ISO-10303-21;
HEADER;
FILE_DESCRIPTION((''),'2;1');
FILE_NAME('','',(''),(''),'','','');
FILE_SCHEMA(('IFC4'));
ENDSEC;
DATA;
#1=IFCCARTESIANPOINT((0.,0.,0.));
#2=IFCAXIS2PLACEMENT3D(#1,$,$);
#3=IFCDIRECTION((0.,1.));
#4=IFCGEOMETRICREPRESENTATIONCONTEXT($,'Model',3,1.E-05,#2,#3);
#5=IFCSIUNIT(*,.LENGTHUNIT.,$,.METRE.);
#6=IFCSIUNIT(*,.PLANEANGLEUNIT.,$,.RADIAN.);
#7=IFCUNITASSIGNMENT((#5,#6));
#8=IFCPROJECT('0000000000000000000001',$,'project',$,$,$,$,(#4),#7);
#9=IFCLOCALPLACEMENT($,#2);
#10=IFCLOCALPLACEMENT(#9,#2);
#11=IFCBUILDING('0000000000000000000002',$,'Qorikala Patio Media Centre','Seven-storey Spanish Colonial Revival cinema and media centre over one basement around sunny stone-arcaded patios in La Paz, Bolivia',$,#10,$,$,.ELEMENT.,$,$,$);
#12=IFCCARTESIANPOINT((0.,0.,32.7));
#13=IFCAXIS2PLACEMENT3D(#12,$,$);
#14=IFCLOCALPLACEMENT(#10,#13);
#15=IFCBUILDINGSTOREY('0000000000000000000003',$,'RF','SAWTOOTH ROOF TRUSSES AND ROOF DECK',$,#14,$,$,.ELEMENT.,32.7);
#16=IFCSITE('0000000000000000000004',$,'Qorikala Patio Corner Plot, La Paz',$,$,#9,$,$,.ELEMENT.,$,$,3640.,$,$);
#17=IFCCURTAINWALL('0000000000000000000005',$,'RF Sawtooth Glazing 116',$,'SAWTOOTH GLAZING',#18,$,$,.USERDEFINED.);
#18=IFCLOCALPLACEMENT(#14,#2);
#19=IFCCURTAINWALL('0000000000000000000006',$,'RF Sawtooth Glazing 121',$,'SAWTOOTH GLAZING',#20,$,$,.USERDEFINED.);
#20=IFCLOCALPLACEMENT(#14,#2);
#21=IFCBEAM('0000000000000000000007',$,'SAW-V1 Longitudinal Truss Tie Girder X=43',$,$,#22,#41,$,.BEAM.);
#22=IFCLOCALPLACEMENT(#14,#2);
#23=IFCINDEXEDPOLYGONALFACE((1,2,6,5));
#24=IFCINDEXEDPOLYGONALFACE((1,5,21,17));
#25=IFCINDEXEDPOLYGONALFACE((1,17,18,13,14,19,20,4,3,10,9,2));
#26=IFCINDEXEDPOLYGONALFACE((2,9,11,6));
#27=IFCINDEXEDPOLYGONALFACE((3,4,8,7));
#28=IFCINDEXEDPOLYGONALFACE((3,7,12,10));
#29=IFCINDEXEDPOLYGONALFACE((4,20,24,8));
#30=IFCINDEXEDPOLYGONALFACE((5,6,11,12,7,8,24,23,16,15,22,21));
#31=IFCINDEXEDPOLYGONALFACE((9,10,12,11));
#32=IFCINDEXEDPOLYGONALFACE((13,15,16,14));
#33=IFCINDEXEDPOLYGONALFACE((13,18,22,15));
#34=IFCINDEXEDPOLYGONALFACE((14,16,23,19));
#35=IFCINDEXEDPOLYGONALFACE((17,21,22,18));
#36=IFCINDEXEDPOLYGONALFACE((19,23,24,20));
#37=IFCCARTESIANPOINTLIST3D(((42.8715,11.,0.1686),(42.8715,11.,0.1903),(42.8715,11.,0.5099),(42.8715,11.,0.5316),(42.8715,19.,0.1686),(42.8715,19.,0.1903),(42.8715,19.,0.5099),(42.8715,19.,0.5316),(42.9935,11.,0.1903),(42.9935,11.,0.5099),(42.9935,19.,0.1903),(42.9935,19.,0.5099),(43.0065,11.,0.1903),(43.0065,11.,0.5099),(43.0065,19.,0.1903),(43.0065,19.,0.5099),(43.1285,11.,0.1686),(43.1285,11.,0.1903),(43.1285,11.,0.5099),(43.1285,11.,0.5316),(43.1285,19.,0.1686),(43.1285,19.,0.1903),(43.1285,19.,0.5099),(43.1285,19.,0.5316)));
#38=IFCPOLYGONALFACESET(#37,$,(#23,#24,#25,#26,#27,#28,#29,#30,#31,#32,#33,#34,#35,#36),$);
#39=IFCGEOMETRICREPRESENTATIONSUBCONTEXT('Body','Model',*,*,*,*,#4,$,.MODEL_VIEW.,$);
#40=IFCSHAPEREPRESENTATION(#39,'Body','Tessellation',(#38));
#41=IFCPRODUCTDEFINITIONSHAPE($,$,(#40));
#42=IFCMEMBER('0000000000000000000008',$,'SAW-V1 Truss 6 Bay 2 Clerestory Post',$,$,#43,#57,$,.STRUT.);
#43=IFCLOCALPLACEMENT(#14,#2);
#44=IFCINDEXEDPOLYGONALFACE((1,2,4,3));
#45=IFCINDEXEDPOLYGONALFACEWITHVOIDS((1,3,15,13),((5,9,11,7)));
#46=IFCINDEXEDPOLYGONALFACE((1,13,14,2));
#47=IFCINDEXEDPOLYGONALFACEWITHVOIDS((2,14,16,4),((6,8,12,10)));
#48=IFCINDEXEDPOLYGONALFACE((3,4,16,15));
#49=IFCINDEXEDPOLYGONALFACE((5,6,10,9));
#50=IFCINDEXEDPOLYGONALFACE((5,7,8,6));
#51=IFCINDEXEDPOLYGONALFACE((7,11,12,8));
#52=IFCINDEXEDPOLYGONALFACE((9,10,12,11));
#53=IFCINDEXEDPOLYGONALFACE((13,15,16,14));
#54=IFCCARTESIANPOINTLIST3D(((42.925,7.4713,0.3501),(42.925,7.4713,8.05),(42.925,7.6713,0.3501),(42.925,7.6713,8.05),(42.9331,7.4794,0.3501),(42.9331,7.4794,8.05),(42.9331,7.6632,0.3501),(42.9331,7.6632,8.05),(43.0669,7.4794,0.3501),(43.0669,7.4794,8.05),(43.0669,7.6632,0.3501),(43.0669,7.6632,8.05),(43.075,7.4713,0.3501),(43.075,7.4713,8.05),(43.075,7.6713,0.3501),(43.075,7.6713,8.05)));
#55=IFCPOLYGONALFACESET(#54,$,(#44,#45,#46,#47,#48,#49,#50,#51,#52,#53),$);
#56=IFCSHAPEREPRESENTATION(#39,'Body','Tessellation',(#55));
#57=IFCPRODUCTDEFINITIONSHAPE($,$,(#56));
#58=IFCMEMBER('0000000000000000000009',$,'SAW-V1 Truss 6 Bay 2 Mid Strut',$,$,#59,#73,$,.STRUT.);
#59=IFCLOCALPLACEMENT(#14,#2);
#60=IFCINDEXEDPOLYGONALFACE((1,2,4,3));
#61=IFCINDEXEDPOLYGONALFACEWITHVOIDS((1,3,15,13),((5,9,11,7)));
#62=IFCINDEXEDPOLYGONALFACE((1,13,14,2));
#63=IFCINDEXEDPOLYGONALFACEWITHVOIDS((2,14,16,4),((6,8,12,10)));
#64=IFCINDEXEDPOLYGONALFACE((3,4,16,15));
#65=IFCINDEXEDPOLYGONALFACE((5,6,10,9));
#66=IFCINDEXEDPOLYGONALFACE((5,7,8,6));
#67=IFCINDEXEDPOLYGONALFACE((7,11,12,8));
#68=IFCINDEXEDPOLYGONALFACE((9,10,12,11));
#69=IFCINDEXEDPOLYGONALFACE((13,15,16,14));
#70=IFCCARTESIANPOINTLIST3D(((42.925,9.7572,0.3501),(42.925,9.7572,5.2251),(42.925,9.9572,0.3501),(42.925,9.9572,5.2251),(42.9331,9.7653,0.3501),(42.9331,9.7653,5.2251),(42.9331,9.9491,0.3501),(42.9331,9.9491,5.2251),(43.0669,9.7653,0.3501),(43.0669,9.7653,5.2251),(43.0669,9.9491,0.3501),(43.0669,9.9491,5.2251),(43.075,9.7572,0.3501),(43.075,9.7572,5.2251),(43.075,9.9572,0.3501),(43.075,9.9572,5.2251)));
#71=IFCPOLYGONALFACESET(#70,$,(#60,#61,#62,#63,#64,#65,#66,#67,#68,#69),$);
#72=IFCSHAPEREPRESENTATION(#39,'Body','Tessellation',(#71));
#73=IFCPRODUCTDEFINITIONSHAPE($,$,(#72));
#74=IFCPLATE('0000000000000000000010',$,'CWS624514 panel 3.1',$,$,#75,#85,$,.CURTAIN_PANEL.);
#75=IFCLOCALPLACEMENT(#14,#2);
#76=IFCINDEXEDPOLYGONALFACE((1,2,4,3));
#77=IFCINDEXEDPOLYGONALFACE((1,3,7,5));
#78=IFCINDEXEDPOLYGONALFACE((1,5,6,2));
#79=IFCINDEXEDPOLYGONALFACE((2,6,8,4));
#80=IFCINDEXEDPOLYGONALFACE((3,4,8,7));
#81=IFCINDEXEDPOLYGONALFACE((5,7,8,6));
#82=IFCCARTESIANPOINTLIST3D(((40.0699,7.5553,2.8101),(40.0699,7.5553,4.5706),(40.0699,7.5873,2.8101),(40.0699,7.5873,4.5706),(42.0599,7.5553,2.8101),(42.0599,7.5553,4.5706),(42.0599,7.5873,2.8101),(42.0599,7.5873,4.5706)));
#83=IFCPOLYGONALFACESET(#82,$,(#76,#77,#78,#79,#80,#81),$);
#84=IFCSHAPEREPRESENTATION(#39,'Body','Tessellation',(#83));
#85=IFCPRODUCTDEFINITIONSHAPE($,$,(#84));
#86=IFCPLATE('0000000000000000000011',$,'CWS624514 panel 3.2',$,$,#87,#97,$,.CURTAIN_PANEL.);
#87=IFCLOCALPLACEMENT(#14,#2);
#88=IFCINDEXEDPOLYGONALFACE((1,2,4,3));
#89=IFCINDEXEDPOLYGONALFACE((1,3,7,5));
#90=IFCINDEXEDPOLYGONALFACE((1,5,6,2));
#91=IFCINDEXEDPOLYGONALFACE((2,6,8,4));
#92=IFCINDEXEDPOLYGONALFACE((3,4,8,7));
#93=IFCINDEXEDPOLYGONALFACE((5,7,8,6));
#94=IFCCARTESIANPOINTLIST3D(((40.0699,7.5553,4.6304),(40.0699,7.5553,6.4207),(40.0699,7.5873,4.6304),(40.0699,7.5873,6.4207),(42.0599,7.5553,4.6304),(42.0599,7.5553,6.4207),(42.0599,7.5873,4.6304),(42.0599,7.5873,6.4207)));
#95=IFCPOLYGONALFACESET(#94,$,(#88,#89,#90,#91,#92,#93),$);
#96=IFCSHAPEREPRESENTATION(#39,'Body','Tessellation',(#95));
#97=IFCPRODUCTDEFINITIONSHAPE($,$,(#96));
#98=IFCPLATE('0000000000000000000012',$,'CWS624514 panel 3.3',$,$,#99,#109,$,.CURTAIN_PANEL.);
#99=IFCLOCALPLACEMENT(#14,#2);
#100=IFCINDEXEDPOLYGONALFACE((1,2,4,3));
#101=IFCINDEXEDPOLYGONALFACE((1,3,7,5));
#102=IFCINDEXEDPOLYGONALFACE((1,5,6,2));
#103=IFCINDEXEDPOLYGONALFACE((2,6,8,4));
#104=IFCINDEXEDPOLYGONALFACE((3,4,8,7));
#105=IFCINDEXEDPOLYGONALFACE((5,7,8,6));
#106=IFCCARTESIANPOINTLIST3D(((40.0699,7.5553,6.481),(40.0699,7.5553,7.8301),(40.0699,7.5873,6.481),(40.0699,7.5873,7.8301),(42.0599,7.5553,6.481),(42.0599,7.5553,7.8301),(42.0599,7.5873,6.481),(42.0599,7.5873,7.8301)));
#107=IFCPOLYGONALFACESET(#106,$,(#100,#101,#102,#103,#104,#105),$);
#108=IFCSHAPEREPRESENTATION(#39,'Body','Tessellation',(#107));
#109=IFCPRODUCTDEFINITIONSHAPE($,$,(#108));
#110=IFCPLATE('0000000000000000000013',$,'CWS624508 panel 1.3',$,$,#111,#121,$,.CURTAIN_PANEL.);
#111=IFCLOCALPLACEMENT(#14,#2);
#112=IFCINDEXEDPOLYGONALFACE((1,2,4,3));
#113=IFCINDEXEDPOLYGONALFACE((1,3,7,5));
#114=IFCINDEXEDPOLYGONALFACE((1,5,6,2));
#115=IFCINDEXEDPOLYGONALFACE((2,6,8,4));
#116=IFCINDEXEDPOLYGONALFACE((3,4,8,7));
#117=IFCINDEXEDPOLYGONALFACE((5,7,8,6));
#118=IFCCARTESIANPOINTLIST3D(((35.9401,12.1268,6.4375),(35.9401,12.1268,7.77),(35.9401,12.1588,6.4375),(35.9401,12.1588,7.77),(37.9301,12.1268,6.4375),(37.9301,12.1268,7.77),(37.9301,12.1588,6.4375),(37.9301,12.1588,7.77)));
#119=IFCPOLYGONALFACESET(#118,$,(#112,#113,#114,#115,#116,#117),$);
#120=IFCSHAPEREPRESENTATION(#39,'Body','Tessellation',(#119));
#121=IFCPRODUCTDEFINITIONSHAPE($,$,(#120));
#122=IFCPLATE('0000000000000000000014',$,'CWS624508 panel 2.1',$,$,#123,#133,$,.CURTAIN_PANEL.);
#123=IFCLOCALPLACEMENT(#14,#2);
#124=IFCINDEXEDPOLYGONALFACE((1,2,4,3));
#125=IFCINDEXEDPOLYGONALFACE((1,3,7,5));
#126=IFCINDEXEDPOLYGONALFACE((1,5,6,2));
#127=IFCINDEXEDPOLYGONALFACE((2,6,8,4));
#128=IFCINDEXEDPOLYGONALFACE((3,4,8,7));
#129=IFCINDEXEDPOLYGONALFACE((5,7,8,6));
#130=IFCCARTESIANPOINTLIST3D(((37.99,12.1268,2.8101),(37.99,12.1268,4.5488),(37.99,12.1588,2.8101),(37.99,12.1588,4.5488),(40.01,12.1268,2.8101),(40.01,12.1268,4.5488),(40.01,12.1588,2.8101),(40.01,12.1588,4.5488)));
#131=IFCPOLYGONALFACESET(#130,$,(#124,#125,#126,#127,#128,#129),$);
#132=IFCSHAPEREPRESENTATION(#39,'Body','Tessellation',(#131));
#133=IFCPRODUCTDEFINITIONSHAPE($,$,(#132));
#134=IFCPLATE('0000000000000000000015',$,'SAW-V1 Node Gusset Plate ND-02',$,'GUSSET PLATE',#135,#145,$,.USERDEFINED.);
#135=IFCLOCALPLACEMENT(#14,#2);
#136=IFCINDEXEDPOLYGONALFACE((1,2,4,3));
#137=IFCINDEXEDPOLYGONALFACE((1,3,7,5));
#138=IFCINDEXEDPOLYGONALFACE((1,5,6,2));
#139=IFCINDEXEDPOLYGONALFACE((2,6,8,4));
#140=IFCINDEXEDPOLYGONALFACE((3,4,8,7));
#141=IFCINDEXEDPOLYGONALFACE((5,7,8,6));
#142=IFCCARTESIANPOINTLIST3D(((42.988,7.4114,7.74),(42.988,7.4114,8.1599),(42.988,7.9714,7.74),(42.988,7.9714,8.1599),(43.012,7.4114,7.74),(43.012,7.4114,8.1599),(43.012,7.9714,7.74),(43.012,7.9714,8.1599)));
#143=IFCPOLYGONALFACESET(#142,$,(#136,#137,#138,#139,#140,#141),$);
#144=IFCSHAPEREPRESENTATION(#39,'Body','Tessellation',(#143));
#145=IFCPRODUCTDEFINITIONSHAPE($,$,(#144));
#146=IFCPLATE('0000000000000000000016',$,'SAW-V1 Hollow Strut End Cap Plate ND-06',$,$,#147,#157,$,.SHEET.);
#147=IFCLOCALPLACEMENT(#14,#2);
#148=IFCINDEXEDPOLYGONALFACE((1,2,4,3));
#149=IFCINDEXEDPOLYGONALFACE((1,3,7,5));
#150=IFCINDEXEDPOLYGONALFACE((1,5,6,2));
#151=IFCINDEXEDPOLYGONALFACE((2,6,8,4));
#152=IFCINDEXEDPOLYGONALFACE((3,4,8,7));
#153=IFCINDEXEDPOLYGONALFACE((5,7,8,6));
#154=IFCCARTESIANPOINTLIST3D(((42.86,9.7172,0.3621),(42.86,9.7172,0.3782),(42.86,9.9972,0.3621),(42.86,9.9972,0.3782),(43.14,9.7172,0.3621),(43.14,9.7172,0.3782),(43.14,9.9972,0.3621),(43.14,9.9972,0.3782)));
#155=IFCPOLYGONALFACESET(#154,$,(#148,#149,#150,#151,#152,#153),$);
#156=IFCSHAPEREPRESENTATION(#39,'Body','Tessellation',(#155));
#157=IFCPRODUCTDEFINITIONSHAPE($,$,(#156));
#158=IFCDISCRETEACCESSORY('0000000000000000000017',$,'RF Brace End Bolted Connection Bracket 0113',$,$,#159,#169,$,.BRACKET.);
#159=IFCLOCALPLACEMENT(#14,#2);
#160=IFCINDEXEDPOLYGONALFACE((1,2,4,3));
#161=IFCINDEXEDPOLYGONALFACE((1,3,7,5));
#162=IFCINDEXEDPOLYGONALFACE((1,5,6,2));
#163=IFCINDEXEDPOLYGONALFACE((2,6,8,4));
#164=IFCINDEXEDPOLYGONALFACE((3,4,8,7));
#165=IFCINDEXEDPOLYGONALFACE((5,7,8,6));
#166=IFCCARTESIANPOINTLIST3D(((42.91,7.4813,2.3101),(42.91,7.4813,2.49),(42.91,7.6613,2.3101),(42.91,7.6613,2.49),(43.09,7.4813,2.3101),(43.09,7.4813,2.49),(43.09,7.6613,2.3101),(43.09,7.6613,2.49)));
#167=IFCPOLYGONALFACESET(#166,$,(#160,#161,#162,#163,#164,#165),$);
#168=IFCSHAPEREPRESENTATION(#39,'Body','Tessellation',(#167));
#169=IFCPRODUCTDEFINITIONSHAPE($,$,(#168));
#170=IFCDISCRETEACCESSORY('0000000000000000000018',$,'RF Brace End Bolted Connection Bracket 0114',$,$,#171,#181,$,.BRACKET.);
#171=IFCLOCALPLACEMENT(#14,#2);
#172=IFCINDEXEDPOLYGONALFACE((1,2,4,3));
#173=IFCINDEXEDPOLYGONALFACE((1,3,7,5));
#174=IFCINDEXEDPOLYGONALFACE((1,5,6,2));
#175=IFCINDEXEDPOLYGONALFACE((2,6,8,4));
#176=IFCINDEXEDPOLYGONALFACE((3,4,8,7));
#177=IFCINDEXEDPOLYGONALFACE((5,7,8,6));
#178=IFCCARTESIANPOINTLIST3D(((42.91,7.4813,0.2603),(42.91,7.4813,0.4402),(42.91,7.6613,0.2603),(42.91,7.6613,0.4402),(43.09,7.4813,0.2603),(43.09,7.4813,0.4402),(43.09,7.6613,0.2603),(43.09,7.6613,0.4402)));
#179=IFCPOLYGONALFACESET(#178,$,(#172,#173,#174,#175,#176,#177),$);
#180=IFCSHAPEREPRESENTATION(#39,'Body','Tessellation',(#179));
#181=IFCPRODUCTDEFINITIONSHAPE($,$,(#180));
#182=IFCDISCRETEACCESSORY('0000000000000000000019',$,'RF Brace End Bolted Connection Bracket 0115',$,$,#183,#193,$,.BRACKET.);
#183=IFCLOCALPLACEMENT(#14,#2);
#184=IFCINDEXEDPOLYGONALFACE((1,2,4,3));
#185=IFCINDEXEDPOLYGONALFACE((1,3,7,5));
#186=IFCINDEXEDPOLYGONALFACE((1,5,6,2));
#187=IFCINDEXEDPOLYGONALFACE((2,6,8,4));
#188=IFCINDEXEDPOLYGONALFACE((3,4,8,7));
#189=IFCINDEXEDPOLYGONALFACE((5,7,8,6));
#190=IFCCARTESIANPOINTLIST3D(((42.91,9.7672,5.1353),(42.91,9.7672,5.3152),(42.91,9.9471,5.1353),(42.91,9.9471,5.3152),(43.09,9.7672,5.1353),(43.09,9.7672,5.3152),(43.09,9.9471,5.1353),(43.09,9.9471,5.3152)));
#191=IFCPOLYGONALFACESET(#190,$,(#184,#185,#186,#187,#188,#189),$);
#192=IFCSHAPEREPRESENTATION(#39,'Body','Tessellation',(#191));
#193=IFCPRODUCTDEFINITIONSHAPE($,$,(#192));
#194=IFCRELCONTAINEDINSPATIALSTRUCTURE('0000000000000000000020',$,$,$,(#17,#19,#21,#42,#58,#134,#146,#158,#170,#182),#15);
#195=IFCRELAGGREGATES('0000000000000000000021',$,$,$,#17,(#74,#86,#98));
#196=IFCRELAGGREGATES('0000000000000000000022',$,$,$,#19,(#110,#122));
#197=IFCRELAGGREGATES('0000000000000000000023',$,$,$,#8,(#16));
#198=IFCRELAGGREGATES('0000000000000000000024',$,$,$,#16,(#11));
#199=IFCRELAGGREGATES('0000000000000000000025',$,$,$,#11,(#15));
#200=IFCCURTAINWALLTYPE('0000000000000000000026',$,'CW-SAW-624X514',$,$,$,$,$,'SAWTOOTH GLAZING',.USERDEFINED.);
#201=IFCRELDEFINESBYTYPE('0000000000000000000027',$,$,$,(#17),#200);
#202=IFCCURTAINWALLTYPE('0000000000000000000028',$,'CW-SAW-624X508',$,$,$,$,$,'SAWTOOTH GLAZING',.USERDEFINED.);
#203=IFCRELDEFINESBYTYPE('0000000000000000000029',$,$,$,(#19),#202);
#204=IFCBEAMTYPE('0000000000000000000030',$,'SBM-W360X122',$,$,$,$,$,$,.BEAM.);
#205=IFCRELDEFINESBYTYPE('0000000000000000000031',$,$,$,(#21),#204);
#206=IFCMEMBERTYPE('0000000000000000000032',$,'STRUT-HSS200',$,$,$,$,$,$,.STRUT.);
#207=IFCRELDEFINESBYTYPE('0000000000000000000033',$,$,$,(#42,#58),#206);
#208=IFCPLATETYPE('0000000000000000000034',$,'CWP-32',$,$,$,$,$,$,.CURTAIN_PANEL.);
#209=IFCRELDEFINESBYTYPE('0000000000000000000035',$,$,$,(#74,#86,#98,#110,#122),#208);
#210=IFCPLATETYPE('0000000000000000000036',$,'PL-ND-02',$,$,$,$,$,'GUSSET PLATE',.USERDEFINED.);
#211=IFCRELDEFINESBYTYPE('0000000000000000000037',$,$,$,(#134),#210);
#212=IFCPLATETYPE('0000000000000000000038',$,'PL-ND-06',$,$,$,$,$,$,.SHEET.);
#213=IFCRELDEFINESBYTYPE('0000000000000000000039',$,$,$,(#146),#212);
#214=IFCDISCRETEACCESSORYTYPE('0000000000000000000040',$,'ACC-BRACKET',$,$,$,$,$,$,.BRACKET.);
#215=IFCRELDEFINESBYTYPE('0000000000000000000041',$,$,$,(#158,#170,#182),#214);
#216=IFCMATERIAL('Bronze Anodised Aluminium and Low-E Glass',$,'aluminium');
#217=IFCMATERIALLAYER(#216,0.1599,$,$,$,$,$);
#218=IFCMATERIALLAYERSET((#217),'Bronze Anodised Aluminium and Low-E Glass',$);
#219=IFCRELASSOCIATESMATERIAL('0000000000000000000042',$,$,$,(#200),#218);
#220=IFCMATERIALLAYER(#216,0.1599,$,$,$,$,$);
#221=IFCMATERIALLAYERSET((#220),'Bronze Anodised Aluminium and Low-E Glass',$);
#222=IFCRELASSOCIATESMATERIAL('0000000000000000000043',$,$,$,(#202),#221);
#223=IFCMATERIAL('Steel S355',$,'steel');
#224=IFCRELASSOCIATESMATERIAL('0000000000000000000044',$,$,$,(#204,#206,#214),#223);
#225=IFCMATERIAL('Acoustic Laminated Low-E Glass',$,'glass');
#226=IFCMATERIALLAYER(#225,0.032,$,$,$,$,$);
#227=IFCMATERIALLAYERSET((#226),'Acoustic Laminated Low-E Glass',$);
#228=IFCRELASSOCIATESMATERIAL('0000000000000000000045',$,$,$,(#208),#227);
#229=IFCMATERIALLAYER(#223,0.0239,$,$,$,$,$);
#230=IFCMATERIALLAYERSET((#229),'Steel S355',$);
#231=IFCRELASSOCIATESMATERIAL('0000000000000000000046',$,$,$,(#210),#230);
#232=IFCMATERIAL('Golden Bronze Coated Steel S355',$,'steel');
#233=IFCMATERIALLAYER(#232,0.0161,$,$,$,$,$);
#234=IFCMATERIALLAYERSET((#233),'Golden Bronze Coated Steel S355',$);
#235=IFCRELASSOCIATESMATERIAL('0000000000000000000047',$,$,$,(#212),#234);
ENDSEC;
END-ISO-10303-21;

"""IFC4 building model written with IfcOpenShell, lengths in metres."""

from ifc_helpers import new_model, si_unit, direction, frame, origin, origin_2d, place, context, subcontext, project, spatial, rectangle, hollow_rectangle, i_section, extrude, material, layer, layer_set, material_profile, profile_set, type_object, element, aggregate, save


model = new_model("IFC4")

# Units and contexts
model_context = context("Model", 3, precision=1e-05, world=origin(), true_north=direction((0.0, 1.0)))
body_context = subcontext(model_context, "Body", "Model", "MODEL_VIEW")
ifc_project = project(units=[si_unit("LENGTHUNIT", "METRE"), si_unit("PLANEANGLEUNIT", "RADIAN")], contexts=[model_context])

# Site, building, storey
site_placement = place(None, origin())
site = spatial("IfcSite", under=ifc_project, at=site_placement, Name="Qorikala Patio Corner Plot, La Paz", CompositionType="ELEMENT", RefElevation=3640.0)
building_placement = place(site_placement, origin())
building = spatial("IfcBuilding", under=site, at=building_placement, Name="Qorikala Patio Media Centre", Description="Seven-storey Spanish Colonial Revival cinema and media centre over one basement around sunny stone-arcaded patios in La Paz, Bolivia", CompositionType="ELEMENT")
storey_placement = place(building_placement, frame((0.0, 0.0, 32.7)))
storey = spatial("IfcBuildingStorey", under=building, at=storey_placement, Name="RF", Description="SAWTOOTH ROOF TRUSSES AND ROOF DECK", CompositionType="ELEMENT", Elevation=32.7)

# Shared definitions
ifc_material_1 = material(Name="Steel S355", Category="steel")

# Curtain walls
ifc_material_2 = material(Name="Bronze Anodised Aluminium and Low-E Glass", Category="aluminium")
ifc_layer_1 = layer(ifc_material_2, 0.1599)
ifc_layer_set_1 = layer_set([ifc_layer_1], Name="Bronze Anodised Aluminium and Low-E Glass")
curtain_wall_type_1 = type_object("IfcCurtainWallType", Name="CW-SAW-624X514", ElementType="SAWTOOTH GLAZING", PredefinedType="USERDEFINED", material=ifc_layer_set_1)
curtain_wall_1_placement = place(storey_placement, origin())
curtain_wall_1 = element("IfcCurtainWall", 1, at=curtain_wall_1_placement, inside=storey, type_object=curtain_wall_type_1, Name="RF Sawtooth Glazing 116", ObjectType="SAWTOOTH GLAZING", PredefinedType="USERDEFINED")
ifc_layer_2 = layer(ifc_material_2, 0.1599)
ifc_layer_set_2 = layer_set([ifc_layer_2], Name="Bronze Anodised Aluminium and Low-E Glass")
curtain_wall_type_2 = type_object("IfcCurtainWallType", Name="CW-SAW-624X508", ElementType="SAWTOOTH GLAZING", PredefinedType="USERDEFINED", material=ifc_layer_set_2)
curtain_wall_2_placement = place(storey_placement, origin())
curtain_wall_2 = element("IfcCurtainWall", 2, at=curtain_wall_2_placement, inside=storey, type_object=curtain_wall_type_2, Name="RF Sawtooth Glazing 121", ObjectType="SAWTOOTH GLAZING", PredefinedType="USERDEFINED")

# Beam
ifc_material_profile_1 = material_profile(ifc_material_1, i_section(OverallWidth=0.2571, OverallDepth=0.363, WebThickness=0.0129, FlangeThickness=0.0217, at=origin_2d()), Name="W360X122")
ifc_profile_set_1 = profile_set([ifc_material_profile_1], Name="Steel S355")
beam_type = type_object("IfcBeamType", Name="SBM-W360X122", PredefinedType="BEAM", material=ifc_profile_set_1)
beam_placement = place(storey_placement, frame((43.0, 11.0, 0.3501), z_axis=(0.0, 1.0, 0.0), x_axis=(-1.0, 0.0, 0.0)))
element("IfcBeam", 3, at=beam_placement, inside=storey, type_object=beam_type, Name="SAW-V1 Longitudinal Truss Tie Girder X=43", PredefinedType="BEAM", context=body_context, shape_type="SweptSolid", body=[
    extrude(i_section(OverallWidth=0.2571, OverallDepth=0.363, WebThickness=0.0129, FlangeThickness=0.0217, at=origin_2d()), origin(), (0.0, 0.0, 1.0), 8.0),
])

# Members
ifc_material_profile_2 = material_profile(ifc_material_1, hollow_rectangle(XDim=0.1499, YDim=0.2, WallThickness=0.0081, at=origin_2d()), Name="HSS200X150X8")
ifc_profile_set_2 = profile_set([ifc_material_profile_2], Name="Steel S355")
member_type_1 = type_object("IfcMemberType", Name="STRUT-HSS200", PredefinedType="STRUT", material=ifc_profile_set_2)
member_1_placement = place(storey_placement, frame((43.0, 7.5713, 0.3501), z_axis=(0.0, 0.0, 1.0), x_axis=(1.0, 0.0, 0.0)))
element("IfcMember", 4, at=member_1_placement, inside=storey, type_object=member_type_1, Name="SAW-V1 Truss 6 Bay 2 Clerestory Post", PredefinedType="STRUT", context=body_context, shape_type="SweptSolid", body=[
    extrude(hollow_rectangle(XDim=0.1499, YDim=0.2, WallThickness=0.0081, at=origin_2d()), origin(), (0.0, 0.0, 1.0), 7.7),
])
member_2_placement = place(storey_placement, frame((43.0, 9.8572, 0.3501), z_axis=(0.0, 0.0, 1.0), x_axis=(1.0, 0.0, 0.0)))
element("IfcMember", 5, at=member_2_placement, inside=storey, type_object=member_type_1, Name="SAW-V1 Truss 6 Bay 2 Mid Strut", PredefinedType="STRUT", context=body_context, shape_type="SweptSolid", body=[
    extrude(hollow_rectangle(XDim=0.1499, YDim=0.2, WallThickness=0.0081, at=origin_2d()), origin(), (0.0, 0.0, 1.0), 4.875),
])

# Plates
ifc_material_3 = material(Name="Acoustic Laminated Low-E Glass", Category="glass")
ifc_layer_3 = layer(ifc_material_3, 0.032)
ifc_layer_set_3 = layer_set([ifc_layer_3], Name="Acoustic Laminated Low-E Glass")
plate_type_1 = type_object("IfcPlateType", Name="CWP-32", PredefinedType="CURTAIN_PANEL", material=ifc_layer_set_3)
plate_1_placement = place(storey_placement, frame((41.0649, 7.5713, 2.8101), z_axis=(0.0, 0.0, 1.0), x_axis=(1.0, 0.0, 0.0)))
plate_1 = element("IfcPlate", 6, at=plate_1_placement, type_object=plate_type_1, Name="CWS624514 panel 3.1", PredefinedType="CURTAIN_PANEL", context=body_context, shape_type="SweptSolid", body=[
    extrude(rectangle(XDim=1.99, YDim=0.032, at=origin_2d()), origin(), (0.0, 0.0, 1.0), 1.7605),
])
plate_2_placement = place(storey_placement, frame((41.0649, 7.5713, 4.6304), z_axis=(0.0, 0.0, 1.0), x_axis=(1.0, 0.0, 0.0)))
plate_2 = element("IfcPlate", 7, at=plate_2_placement, type_object=plate_type_1, Name="CWS624514 panel 3.2", PredefinedType="CURTAIN_PANEL", context=body_context, shape_type="SweptSolid", body=[
    extrude(rectangle(XDim=1.99, YDim=0.032, at=origin_2d()), origin(), (0.0, 0.0, 1.0), 1.7903),
])
plate_3_placement = place(storey_placement, frame((41.0649, 7.5713, 6.481), z_axis=(0.0, 0.0, 1.0), x_axis=(1.0, 0.0, 0.0)))
plate_3 = element("IfcPlate", 8, at=plate_3_placement, type_object=plate_type_1, Name="CWS624514 panel 3.3", PredefinedType="CURTAIN_PANEL", context=body_context, shape_type="SweptSolid", body=[
    extrude(rectangle(XDim=1.99, YDim=0.032, at=origin_2d()), origin(), (0.0, 0.0, 1.0), 1.3491),
])
aggregate(curtain_wall_1, [plate_1, plate_2, plate_3])
plate_4_placement = place(storey_placement, frame((36.9351, 12.1428, 6.4375), z_axis=(0.0, 0.0, 1.0), x_axis=(1.0, 0.0, 0.0)))
plate_4 = element("IfcPlate", 9, at=plate_4_placement, type_object=plate_type_1, Name="CWS624508 panel 1.3", PredefinedType="CURTAIN_PANEL", context=body_context, shape_type="SweptSolid", body=[
    extrude(rectangle(XDim=1.99, YDim=0.032, at=origin_2d()), origin(), (0.0, 0.0, 1.0), 1.3325),
])
plate_5_placement = place(storey_placement, frame((39.0, 12.1428, 2.8101), z_axis=(0.0, 0.0, 1.0), x_axis=(1.0, 0.0, 0.0)))
plate_5 = element("IfcPlate", 10, at=plate_5_placement, type_object=plate_type_1, Name="CWS624508 panel 2.1", PredefinedType="CURTAIN_PANEL", context=body_context, shape_type="SweptSolid", body=[
    extrude(rectangle(XDim=2.02, YDim=0.032, at=origin_2d()), origin(), (0.0, 0.0, 1.0), 1.7388),
])
aggregate(curtain_wall_2, [plate_4, plate_5])

# Plates
ifc_layer_4 = layer(ifc_material_1, 0.0239)
ifc_layer_set_4 = layer_set([ifc_layer_4], Name="Steel S355")
plate_type_2 = type_object("IfcPlateType", Name="PL-ND-02", ElementType="GUSSET PLATE", PredefinedType="USERDEFINED", material=ifc_layer_set_4)
plate_6_placement = place(storey_placement, frame((43.0, 7.6914, 7.74), z_axis=(0.0, 0.0, 1.0), x_axis=(1.0, 0.0, 0.0)))
element("IfcPlate", 11, at=plate_6_placement, inside=storey, type_object=plate_type_2, Name="SAW-V1 Node Gusset Plate ND-02", ObjectType="GUSSET PLATE", PredefinedType="USERDEFINED", context=body_context, shape_type="SweptSolid", body=[
    extrude(rectangle(XDim=0.0239, YDim=0.5601, at=origin_2d()), origin(), (0.0, 0.0, 1.0), 0.4199),
])
ifc_material_4 = material(Name="Golden Bronze Coated Steel S355", Category="steel")
ifc_layer_5 = layer(ifc_material_4, 0.0161)
ifc_layer_set_5 = layer_set([ifc_layer_5], Name="Golden Bronze Coated Steel S355")
plate_type_3 = type_object("IfcPlateType", Name="PL-ND-06", PredefinedType="SHEET", material=ifc_layer_set_5)
plate_7_placement = place(storey_placement, frame((43.0, 9.8572, 0.3621), z_axis=(0.0, 0.0, 1.0), x_axis=(1.0, 0.0, 0.0)))
element("IfcPlate", 12, at=plate_7_placement, inside=storey, type_object=plate_type_3, Name="SAW-V1 Hollow Strut End Cap Plate ND-06", PredefinedType="SHEET", context=body_context, shape_type="SweptSolid", body=[
    extrude(rectangle(XDim=0.28, YDim=0.28, at=origin_2d()), origin(), (0.0, 0.0, 1.0), 0.0161),
])

# Discrete accessories
discrete_accessory_type = type_object("IfcDiscreteAccessoryType", Name="ACC-BRACKET", PredefinedType="BRACKET", material=ifc_material_1)
for number, where, z_axis, x_axis, name in (
    (13, (43.0, 7.5713, 2.3101), (0.0, 0.0, 1.0), (1.0, 0.0, 0.0), "RF Brace End Bolted Connection Bracket 0113"),
    (14, (43.0, 7.5713, 0.2603), (0.0, 0.0, 1.0), (1.0, 0.0, 0.0), "RF Brace End Bolted Connection Bracket 0114"),
    (15, (43.0, 9.8572, 5.1353), (0.0, 0.0, 1.0), (1.0, 0.0, 0.0), "RF Brace End Bolted Connection Bracket 0115"),
):
    element("IfcDiscreteAccessory", number, at=place(storey_placement, frame(where, z_axis=z_axis, x_axis=x_axis)), inside=storey, type_object=discrete_accessory_type, Name=name, PredefinedType="BRACKET", context=body_context, shape_type="SweptSolid", body=[
        extrude(rectangle(XDim=0.1799, YDim=0.1799, at=origin_2d()), origin(), (0.0, 0.0, 1.0), 0.1799),
    ])

save(model, "model.ifc")
